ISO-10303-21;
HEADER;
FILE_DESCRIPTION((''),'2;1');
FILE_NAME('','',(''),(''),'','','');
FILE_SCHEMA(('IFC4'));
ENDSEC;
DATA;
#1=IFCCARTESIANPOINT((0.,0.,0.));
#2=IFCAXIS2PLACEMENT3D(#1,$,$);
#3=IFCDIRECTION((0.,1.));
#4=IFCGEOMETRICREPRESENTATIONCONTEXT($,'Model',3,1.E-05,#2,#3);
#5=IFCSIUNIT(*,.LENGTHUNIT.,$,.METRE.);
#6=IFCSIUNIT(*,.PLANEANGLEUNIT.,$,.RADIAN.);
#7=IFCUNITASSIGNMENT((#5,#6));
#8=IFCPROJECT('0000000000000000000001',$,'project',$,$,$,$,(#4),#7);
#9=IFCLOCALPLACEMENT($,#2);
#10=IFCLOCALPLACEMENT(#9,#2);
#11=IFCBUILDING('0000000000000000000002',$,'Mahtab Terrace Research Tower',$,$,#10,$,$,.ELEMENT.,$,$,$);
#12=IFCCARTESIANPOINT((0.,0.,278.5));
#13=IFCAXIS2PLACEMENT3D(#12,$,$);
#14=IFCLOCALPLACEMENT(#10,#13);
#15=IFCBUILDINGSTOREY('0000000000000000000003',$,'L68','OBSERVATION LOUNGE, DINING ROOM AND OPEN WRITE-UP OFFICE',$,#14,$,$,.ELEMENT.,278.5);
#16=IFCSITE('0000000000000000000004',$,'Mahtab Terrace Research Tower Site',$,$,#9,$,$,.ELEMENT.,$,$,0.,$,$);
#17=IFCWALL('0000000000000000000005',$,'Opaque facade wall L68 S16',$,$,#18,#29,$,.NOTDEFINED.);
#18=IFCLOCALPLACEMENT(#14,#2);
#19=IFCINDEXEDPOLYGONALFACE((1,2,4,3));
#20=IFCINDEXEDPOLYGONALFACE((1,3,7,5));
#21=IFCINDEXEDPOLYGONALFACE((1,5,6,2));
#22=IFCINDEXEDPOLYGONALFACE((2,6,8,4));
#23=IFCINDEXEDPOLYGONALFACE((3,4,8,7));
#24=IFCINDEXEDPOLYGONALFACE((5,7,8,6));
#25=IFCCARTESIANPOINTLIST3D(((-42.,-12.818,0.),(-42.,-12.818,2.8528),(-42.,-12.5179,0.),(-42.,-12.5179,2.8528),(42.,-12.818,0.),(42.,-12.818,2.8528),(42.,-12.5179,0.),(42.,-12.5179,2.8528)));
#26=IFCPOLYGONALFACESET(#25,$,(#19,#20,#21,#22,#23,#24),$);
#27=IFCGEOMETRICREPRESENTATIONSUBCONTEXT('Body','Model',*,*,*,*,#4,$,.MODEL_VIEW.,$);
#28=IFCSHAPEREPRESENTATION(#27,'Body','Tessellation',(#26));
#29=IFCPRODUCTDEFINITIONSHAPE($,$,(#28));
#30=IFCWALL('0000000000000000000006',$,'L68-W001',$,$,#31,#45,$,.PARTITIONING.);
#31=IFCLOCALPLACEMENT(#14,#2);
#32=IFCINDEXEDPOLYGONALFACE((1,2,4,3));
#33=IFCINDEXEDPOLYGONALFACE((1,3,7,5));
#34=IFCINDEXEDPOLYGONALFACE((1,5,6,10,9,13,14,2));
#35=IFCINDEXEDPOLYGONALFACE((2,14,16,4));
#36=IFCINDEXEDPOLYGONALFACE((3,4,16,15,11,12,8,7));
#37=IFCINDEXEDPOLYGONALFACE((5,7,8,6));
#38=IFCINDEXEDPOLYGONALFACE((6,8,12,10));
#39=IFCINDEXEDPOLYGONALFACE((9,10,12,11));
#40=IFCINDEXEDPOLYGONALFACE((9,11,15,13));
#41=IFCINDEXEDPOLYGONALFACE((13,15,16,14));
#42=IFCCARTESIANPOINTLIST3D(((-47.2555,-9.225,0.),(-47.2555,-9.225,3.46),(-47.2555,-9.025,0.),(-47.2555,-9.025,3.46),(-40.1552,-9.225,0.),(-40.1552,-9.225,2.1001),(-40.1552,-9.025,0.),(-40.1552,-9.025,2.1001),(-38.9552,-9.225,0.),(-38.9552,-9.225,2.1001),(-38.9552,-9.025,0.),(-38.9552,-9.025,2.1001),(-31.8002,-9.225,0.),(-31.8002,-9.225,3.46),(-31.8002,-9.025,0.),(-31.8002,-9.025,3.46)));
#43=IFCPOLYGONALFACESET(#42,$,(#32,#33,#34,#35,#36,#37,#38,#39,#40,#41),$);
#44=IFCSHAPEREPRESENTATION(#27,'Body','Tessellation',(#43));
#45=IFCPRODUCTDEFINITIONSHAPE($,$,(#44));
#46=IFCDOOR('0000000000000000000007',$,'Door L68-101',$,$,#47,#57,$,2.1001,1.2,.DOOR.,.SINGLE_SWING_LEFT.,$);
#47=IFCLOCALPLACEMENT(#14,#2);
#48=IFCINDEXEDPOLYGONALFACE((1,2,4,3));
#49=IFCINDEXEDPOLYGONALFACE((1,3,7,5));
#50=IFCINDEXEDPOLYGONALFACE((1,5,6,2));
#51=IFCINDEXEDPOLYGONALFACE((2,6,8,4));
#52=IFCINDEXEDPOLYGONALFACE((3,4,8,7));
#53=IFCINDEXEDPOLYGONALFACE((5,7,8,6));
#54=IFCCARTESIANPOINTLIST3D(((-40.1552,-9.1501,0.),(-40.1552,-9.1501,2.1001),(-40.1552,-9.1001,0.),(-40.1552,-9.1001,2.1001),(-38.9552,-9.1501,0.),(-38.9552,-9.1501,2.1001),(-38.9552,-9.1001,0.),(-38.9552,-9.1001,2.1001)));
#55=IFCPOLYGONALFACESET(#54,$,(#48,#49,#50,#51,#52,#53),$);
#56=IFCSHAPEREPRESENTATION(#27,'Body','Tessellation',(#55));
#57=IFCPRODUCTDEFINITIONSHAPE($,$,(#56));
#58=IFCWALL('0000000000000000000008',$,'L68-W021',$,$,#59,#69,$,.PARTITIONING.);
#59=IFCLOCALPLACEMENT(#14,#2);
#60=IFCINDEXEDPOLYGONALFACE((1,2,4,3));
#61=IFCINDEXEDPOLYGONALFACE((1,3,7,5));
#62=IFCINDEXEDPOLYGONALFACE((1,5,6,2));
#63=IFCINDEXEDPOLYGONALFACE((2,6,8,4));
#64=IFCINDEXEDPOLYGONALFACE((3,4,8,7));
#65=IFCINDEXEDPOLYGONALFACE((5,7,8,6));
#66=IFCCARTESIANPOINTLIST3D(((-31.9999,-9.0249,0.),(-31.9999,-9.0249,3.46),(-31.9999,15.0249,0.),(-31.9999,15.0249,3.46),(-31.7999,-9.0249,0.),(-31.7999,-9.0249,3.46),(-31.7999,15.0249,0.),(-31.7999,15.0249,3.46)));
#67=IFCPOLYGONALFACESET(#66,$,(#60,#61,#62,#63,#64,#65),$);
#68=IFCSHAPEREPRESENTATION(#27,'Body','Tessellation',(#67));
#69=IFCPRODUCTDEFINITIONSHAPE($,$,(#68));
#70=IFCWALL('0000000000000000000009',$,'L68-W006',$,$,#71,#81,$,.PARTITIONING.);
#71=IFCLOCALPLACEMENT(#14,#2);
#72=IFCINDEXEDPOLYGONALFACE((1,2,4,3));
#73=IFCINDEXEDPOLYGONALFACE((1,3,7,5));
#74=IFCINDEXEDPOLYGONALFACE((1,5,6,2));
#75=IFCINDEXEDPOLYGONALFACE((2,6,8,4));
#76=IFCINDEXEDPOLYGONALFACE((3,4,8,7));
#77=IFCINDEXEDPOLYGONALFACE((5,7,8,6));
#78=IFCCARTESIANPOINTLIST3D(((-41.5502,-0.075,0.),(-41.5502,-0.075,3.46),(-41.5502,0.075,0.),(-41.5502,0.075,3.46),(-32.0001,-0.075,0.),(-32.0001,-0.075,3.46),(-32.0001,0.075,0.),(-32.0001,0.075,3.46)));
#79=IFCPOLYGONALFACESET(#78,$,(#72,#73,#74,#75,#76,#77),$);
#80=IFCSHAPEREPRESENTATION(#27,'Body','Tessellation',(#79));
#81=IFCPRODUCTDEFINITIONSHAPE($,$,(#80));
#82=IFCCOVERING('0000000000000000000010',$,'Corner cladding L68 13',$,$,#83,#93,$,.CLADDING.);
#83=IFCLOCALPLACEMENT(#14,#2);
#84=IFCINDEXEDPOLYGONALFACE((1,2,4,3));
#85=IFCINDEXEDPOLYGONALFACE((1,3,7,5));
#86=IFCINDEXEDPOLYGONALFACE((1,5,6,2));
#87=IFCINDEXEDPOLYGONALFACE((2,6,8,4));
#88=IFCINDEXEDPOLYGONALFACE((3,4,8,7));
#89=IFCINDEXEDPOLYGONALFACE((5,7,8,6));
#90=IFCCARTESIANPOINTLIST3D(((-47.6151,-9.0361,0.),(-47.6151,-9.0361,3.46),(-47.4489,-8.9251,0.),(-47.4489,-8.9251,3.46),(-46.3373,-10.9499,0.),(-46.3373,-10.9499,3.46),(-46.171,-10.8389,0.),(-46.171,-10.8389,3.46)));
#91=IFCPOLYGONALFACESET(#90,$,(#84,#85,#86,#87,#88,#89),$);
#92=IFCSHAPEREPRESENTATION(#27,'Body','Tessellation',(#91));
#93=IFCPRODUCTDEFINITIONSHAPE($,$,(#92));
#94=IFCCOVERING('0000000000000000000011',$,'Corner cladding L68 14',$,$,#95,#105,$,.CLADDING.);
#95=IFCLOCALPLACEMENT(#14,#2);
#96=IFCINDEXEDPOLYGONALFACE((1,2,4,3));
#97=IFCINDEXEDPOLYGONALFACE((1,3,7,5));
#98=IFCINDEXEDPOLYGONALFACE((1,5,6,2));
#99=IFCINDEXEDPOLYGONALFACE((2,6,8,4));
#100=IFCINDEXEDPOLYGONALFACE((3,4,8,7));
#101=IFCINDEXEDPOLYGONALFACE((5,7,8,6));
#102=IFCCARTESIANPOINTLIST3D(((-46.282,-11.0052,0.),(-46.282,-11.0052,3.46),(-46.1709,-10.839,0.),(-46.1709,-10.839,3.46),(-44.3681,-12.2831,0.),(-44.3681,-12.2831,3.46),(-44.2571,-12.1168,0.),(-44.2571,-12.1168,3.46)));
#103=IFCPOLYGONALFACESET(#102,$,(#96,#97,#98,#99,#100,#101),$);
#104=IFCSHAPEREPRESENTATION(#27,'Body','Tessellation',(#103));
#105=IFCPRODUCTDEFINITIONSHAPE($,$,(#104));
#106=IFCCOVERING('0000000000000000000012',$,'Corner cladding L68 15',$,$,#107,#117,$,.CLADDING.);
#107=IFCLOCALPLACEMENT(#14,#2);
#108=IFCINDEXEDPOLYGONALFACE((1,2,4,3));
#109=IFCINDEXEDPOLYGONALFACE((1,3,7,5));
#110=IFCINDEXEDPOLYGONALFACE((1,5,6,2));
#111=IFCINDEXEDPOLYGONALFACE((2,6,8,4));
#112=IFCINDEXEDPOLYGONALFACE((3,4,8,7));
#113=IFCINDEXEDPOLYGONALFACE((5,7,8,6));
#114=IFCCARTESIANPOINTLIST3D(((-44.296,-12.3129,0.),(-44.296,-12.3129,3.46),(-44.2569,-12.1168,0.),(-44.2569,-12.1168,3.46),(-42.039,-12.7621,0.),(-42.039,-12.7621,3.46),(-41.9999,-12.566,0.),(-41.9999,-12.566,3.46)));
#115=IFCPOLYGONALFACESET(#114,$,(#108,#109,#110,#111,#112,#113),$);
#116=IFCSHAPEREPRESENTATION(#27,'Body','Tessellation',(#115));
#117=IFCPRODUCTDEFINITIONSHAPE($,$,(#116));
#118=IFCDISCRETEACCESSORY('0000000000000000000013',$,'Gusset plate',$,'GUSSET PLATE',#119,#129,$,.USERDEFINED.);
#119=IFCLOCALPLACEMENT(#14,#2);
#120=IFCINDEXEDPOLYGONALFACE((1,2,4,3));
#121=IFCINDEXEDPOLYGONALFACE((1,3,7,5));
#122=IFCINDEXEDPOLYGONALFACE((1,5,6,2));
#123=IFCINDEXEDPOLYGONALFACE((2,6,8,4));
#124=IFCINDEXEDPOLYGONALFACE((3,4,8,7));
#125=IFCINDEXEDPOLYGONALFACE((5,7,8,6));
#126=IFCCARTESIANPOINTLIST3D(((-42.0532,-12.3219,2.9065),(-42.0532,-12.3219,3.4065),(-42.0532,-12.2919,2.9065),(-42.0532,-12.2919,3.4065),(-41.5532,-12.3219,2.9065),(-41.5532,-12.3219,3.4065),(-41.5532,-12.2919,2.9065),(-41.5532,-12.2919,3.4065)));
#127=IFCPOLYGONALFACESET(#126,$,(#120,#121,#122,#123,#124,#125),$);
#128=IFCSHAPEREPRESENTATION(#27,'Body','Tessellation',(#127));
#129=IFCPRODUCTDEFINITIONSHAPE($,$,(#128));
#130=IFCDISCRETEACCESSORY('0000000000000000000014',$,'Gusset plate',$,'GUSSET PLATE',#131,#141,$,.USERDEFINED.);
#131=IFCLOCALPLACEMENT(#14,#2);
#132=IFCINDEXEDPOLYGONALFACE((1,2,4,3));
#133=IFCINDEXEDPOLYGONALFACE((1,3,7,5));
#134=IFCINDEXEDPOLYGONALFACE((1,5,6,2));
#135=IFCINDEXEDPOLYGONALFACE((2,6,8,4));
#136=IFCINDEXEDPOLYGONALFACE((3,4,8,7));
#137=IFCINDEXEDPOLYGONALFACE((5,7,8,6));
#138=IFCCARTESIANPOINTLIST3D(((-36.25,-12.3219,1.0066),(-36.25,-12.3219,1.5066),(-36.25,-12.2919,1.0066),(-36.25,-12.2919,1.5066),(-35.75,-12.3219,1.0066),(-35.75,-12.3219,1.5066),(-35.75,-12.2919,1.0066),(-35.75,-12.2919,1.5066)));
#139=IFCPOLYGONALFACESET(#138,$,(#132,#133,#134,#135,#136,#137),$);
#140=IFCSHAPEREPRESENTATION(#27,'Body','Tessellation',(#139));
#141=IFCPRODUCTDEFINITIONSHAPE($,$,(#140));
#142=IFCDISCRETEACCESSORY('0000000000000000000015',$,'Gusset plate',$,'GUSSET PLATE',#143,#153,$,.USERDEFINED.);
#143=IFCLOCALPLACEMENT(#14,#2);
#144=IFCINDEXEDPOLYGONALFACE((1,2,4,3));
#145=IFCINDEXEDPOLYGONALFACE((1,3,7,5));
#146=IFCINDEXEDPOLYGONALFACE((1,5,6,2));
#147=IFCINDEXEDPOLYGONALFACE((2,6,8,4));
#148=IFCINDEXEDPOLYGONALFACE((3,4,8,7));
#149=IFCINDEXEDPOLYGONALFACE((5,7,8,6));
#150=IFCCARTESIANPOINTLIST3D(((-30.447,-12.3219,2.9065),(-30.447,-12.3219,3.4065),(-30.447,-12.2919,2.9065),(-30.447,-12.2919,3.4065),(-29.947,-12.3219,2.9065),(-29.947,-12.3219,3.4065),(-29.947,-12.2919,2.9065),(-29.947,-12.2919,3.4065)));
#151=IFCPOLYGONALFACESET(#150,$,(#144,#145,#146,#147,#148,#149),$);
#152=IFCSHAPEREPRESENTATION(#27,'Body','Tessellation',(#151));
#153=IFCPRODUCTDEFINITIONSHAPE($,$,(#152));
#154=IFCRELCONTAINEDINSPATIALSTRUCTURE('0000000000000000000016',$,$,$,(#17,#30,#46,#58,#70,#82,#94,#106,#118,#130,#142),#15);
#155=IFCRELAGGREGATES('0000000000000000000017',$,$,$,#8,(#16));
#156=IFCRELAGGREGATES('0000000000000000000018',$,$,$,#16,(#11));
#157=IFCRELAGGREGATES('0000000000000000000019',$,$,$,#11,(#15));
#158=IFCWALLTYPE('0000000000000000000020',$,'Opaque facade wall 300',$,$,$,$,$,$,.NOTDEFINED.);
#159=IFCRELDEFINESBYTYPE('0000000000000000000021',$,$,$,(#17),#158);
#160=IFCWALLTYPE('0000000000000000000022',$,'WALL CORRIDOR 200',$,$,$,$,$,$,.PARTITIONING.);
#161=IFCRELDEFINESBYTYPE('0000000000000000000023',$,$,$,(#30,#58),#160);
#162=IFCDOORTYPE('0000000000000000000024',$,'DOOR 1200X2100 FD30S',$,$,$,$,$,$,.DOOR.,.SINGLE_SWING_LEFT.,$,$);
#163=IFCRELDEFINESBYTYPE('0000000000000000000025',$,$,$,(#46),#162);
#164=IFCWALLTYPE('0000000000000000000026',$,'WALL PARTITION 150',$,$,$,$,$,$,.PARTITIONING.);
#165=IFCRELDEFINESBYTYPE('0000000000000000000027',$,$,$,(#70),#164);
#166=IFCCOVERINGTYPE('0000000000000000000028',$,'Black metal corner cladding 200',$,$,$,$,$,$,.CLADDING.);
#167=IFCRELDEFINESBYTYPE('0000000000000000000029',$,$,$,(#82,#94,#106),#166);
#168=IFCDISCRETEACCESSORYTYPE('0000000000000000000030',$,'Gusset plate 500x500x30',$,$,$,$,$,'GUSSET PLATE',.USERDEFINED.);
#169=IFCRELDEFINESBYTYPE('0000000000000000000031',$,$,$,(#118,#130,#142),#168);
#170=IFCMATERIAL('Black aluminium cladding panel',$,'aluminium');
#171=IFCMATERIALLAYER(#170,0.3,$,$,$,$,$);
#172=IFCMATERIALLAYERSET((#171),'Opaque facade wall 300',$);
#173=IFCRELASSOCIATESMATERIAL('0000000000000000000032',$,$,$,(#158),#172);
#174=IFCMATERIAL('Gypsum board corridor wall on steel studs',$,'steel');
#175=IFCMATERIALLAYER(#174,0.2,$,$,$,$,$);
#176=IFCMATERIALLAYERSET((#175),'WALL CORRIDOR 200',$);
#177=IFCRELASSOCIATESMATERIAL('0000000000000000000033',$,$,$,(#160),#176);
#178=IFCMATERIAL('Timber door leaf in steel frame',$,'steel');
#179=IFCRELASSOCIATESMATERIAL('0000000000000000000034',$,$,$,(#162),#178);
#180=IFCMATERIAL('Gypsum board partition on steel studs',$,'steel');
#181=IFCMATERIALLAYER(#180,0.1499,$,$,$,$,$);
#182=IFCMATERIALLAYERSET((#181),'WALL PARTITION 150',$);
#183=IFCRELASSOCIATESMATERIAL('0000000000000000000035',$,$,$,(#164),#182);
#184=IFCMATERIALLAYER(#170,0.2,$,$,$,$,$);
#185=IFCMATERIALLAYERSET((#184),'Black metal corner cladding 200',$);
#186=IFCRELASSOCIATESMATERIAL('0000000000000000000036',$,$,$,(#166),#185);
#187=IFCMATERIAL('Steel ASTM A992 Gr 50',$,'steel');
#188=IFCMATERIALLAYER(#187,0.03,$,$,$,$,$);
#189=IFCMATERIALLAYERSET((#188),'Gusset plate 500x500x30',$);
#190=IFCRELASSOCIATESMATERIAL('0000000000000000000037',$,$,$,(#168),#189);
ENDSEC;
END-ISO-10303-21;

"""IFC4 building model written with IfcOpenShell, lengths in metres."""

from ifc_helpers import new_model, si_unit, direction, frame, frame_2d, origin, origin_2d, place, context, subcontext, project, spatial, rectangle, extrude, material, layer, layer_set, type_object, element, fill, save


model = new_model("IFC4")

# Units and contexts
model_context = context("Model", 3, precision=1e-05, world=origin(), true_north=direction((0.0, 1.0)))
body_context = subcontext(model_context, "Body", "Model", "MODEL_VIEW")
ifc_project = project(units=[si_unit("LENGTHUNIT", "METRE"), si_unit("PLANEANGLEUNIT", "RADIAN")], contexts=[model_context])

# Site, building, storey
site_placement = place(None, origin())
site = spatial("IfcSite", under=ifc_project, at=site_placement, Name="Mahtab Terrace Research Tower Site", CompositionType="ELEMENT", RefElevation=0.0)
building_placement = place(site_placement, origin())
building = spatial("IfcBuilding", under=site, at=building_placement, Name="Mahtab Terrace Research Tower", CompositionType="ELEMENT")
storey_placement = place(building_placement, frame((0.0, 0.0, 278.5)))
storey = spatial("IfcBuildingStorey", under=building, at=storey_placement, Name="L68", Description="OBSERVATION LOUNGE, DINING ROOM AND OPEN WRITE-UP OFFICE", CompositionType="ELEMENT", Elevation=278.5)

# Shared definitions
ifc_material_1 = material(Name="Steel ASTM A992 Gr 50", Category="steel")

# Wall
ifc_material_2 = material(Name="Black aluminium cladding panel", Category="aluminium")
ifc_layer_1 = layer(ifc_material_2, 0.3)
ifc_layer_set_1 = layer_set([ifc_layer_1], Name="Opaque facade wall 300")
wall_type_1 = type_object("IfcWallType", Name="Opaque facade wall 300", PredefinedType="NOTDEFINED", material=ifc_layer_set_1)
wall_1_placement = place(storey_placement, frame((-42.0, -12.668, 0.0), z_axis=(0.0, 0.0, 1.0), x_axis=(1.0, 0.0, 0.0)))
element("IfcWall", 1, at=wall_1_placement, inside=storey, type_object=wall_type_1, Name="Opaque facade wall L68 S16", PredefinedType="NOTDEFINED", context=body_context, shape_type="SweptSolid", body=[
    extrude(rectangle(XDim=84.0, YDim=0.3, at=frame_2d((42.0, 0.0))), origin(), (0.0, 0.0, 1.0), 2.8528),
])

# Wall, opening, door
ifc_material_3 = material(Name="Gypsum board corridor wall on steel studs", Category="steel")
ifc_layer_2 = layer(ifc_material_3, 0.2)
ifc_layer_set_2 = layer_set([ifc_layer_2], Name="WALL CORRIDOR 200")
wall_type_2 = type_object("IfcWallType", Name="WALL CORRIDOR 200", PredefinedType="PARTITIONING", material=ifc_layer_set_2)
wall_2_placement = place(storey_placement, frame((-47.2554, -9.125, 0.0), z_axis=(0.0, 0.0, 1.0), x_axis=(1.0, 0.0, 0.0)))
wall_2 = element("IfcWall", 2, at=wall_2_placement, inside=storey, type_object=wall_type_2, Name="L68-W001", PredefinedType="PARTITIONING", context=body_context, shape_type="SweptSolid", body=[
    extrude(rectangle(XDim=15.4553, YDim=0.2, at=frame_2d((7.7275, 0.0))), origin(), (0.0, 0.0, 1.0), 3.46),
])
opening_placement = place(wall_2_placement, frame((7.1001, 0.0, 0.0)))
opening = element("IfcOpeningElement", 3, at=opening_placement, cuts=wall_2, PredefinedType="OPENING", context=body_context, shape_type="SweptSolid", body=[
    extrude(rectangle(XDim=1.2, YDim=2.1001, at=frame_2d((0.6001, 1.05))), frame((0.0, 0.1099, 0.0), z_axis=(0.0, -1.0, 0.0), x_axis=(1.0, 0.0, 0.0)), (0.0, 0.0, 1.0), 0.22),
])
ifc_material_4 = material(Name="Timber door leaf in steel frame", Category="steel")
door_type = type_object("IfcDoorType", Name="DOOR 1200X2100 FD30S", OperationType="SINGLE_SWING_LEFT", PredefinedType="DOOR", material=ifc_material_4)
door_placement = place(opening_placement, origin())
door = element("IfcDoor", 4, at=door_placement, inside=storey, type_object=door_type, Name="Door L68-101", OperationType="SINGLE_SWING_LEFT", OverallHeight=2.1001, OverallWidth=1.2, PredefinedType="DOOR", context=body_context, shape_type="SweptSolid", body=[
    extrude(rectangle(XDim=1.2, YDim=2.1001, at=frame_2d((0.6001, 1.05))), frame((0.0, 0.0249, 0.0), z_axis=(0.0, -1.0, 0.0), x_axis=(1.0, 0.0, 0.0)), (0.0, 0.0, 1.0), 0.05),
])
fill(opening, door)

# Walls
wall_3_placement = place(storey_placement, frame((-31.8999, -9.0249, 0.0), z_axis=(0.0, 0.0, 1.0), x_axis=(0.0, 1.0, 0.0)))
element("IfcWall", 5, at=wall_3_placement, inside=storey, type_object=wall_type_2, Name="L68-W021", PredefinedType="PARTITIONING", context=body_context, shape_type="SweptSolid", body=[
    extrude(rectangle(XDim=24.0498, YDim=0.2, at=frame_2d((12.0249, 0.0))), origin(), (0.0, 0.0, 1.0), 3.46),
])
ifc_material_5 = material(Name="Gypsum board partition on steel studs", Category="steel")
ifc_layer_3 = layer(ifc_material_5, 0.1499)
ifc_layer_set_3 = layer_set([ifc_layer_3], Name="WALL PARTITION 150")
wall_type_3 = type_object("IfcWallType", Name="WALL PARTITION 150", PredefinedType="PARTITIONING", material=ifc_layer_set_3)
wall_4_placement = place(storey_placement, frame((-41.55, 0.0, 0.0), z_axis=(0.0, 0.0, 1.0), x_axis=(1.0, 0.0, 0.0)))
element("IfcWall", 6, at=wall_4_placement, inside=storey, type_object=wall_type_3, Name="L68-W006", PredefinedType="PARTITIONING", context=body_context, shape_type="SweptSolid", body=[
    extrude(rectangle(XDim=9.55, YDim=0.1499, at=frame_2d((4.7749, 0.0))), origin(), (0.0, 0.0, 1.0), 3.46),
])

# Coverings
ifc_layer_4 = layer(ifc_material_2, 0.2)
ifc_layer_set_4 = layer_set([ifc_layer_4], Name="Black metal corner cladding 200")
covering_type = type_object("IfcCoveringType", Name="Black metal corner cladding 200", PredefinedType="CLADDING", material=ifc_layer_set_4)
for number, where, z_axis, x_axis, name in (
    (7, (-46.8931, -9.9375, 0.0), (0.0, 0.0, 1.0), (0.555291, -0.831656, 0.0), "Corner cladding L68 13"),
    (8, (-45.2695, -11.561, 0.0), (0.0, 0.0, 1.0), (0.831656, -0.555291, 0.0), "Corner cladding L68 14"),
    (9, (-43.1479, -12.4395, 0.0), (0.0, 0.0, 1.0), (0.980761, -0.195212, 0.0), "Corner cladding L68 15"),
):
    element("IfcCovering", number, at=place(storey_placement, frame(where, z_axis=z_axis, x_axis=x_axis)), inside=storey, type_object=covering_type, Name=name, PredefinedType="CLADDING", context=body_context, shape_type="SweptSolid", body=[
        extrude(rectangle(XDim=2.3013, YDim=0.2, at=origin_2d()), origin(), (0.0, 0.0, 1.0), 3.46),
    ])

# Discrete accessories
ifc_layer_5 = layer(ifc_material_1, 0.03)
ifc_layer_set_5 = layer_set([ifc_layer_5], Name="Gusset plate 500x500x30")
discrete_accessory_type = type_object("IfcDiscreteAccessoryType", Name="Gusset plate 500x500x30", ElementType="GUSSET PLATE", PredefinedType="USERDEFINED", material=ifc_layer_set_5)
for number, where, z_axis, x_axis, name in (
    (10, (-41.8032, -12.3069, 2.9065), (0.0, 0.0, 1.0), (1.0, 0.0, 0.0), "Gusset plate"),
    (11, (-36.0, -12.3069, 1.0066), (0.0, 0.0, 1.0), (1.0, 0.0, 0.0), "Gusset plate"),
    (12, (-30.197, -12.3069, 2.9065), (0.0, 0.0, 1.0), (1.0, 0.0, 0.0), "Gusset plate"),
):
    element("IfcDiscreteAccessory", number, at=place(storey_placement, frame(where, z_axis=z_axis, x_axis=x_axis)), inside=storey, type_object=discrete_accessory_type, Name=name, ObjectType="GUSSET PLATE", PredefinedType="USERDEFINED", context=body_context, shape_type="SweptSolid", body=[
        extrude(rectangle(XDim=0.5, YDim=0.03, at=origin_2d()), origin(), (0.0, 0.0, 1.0), 0.5),
    ])

save(model, "model.ifc")
